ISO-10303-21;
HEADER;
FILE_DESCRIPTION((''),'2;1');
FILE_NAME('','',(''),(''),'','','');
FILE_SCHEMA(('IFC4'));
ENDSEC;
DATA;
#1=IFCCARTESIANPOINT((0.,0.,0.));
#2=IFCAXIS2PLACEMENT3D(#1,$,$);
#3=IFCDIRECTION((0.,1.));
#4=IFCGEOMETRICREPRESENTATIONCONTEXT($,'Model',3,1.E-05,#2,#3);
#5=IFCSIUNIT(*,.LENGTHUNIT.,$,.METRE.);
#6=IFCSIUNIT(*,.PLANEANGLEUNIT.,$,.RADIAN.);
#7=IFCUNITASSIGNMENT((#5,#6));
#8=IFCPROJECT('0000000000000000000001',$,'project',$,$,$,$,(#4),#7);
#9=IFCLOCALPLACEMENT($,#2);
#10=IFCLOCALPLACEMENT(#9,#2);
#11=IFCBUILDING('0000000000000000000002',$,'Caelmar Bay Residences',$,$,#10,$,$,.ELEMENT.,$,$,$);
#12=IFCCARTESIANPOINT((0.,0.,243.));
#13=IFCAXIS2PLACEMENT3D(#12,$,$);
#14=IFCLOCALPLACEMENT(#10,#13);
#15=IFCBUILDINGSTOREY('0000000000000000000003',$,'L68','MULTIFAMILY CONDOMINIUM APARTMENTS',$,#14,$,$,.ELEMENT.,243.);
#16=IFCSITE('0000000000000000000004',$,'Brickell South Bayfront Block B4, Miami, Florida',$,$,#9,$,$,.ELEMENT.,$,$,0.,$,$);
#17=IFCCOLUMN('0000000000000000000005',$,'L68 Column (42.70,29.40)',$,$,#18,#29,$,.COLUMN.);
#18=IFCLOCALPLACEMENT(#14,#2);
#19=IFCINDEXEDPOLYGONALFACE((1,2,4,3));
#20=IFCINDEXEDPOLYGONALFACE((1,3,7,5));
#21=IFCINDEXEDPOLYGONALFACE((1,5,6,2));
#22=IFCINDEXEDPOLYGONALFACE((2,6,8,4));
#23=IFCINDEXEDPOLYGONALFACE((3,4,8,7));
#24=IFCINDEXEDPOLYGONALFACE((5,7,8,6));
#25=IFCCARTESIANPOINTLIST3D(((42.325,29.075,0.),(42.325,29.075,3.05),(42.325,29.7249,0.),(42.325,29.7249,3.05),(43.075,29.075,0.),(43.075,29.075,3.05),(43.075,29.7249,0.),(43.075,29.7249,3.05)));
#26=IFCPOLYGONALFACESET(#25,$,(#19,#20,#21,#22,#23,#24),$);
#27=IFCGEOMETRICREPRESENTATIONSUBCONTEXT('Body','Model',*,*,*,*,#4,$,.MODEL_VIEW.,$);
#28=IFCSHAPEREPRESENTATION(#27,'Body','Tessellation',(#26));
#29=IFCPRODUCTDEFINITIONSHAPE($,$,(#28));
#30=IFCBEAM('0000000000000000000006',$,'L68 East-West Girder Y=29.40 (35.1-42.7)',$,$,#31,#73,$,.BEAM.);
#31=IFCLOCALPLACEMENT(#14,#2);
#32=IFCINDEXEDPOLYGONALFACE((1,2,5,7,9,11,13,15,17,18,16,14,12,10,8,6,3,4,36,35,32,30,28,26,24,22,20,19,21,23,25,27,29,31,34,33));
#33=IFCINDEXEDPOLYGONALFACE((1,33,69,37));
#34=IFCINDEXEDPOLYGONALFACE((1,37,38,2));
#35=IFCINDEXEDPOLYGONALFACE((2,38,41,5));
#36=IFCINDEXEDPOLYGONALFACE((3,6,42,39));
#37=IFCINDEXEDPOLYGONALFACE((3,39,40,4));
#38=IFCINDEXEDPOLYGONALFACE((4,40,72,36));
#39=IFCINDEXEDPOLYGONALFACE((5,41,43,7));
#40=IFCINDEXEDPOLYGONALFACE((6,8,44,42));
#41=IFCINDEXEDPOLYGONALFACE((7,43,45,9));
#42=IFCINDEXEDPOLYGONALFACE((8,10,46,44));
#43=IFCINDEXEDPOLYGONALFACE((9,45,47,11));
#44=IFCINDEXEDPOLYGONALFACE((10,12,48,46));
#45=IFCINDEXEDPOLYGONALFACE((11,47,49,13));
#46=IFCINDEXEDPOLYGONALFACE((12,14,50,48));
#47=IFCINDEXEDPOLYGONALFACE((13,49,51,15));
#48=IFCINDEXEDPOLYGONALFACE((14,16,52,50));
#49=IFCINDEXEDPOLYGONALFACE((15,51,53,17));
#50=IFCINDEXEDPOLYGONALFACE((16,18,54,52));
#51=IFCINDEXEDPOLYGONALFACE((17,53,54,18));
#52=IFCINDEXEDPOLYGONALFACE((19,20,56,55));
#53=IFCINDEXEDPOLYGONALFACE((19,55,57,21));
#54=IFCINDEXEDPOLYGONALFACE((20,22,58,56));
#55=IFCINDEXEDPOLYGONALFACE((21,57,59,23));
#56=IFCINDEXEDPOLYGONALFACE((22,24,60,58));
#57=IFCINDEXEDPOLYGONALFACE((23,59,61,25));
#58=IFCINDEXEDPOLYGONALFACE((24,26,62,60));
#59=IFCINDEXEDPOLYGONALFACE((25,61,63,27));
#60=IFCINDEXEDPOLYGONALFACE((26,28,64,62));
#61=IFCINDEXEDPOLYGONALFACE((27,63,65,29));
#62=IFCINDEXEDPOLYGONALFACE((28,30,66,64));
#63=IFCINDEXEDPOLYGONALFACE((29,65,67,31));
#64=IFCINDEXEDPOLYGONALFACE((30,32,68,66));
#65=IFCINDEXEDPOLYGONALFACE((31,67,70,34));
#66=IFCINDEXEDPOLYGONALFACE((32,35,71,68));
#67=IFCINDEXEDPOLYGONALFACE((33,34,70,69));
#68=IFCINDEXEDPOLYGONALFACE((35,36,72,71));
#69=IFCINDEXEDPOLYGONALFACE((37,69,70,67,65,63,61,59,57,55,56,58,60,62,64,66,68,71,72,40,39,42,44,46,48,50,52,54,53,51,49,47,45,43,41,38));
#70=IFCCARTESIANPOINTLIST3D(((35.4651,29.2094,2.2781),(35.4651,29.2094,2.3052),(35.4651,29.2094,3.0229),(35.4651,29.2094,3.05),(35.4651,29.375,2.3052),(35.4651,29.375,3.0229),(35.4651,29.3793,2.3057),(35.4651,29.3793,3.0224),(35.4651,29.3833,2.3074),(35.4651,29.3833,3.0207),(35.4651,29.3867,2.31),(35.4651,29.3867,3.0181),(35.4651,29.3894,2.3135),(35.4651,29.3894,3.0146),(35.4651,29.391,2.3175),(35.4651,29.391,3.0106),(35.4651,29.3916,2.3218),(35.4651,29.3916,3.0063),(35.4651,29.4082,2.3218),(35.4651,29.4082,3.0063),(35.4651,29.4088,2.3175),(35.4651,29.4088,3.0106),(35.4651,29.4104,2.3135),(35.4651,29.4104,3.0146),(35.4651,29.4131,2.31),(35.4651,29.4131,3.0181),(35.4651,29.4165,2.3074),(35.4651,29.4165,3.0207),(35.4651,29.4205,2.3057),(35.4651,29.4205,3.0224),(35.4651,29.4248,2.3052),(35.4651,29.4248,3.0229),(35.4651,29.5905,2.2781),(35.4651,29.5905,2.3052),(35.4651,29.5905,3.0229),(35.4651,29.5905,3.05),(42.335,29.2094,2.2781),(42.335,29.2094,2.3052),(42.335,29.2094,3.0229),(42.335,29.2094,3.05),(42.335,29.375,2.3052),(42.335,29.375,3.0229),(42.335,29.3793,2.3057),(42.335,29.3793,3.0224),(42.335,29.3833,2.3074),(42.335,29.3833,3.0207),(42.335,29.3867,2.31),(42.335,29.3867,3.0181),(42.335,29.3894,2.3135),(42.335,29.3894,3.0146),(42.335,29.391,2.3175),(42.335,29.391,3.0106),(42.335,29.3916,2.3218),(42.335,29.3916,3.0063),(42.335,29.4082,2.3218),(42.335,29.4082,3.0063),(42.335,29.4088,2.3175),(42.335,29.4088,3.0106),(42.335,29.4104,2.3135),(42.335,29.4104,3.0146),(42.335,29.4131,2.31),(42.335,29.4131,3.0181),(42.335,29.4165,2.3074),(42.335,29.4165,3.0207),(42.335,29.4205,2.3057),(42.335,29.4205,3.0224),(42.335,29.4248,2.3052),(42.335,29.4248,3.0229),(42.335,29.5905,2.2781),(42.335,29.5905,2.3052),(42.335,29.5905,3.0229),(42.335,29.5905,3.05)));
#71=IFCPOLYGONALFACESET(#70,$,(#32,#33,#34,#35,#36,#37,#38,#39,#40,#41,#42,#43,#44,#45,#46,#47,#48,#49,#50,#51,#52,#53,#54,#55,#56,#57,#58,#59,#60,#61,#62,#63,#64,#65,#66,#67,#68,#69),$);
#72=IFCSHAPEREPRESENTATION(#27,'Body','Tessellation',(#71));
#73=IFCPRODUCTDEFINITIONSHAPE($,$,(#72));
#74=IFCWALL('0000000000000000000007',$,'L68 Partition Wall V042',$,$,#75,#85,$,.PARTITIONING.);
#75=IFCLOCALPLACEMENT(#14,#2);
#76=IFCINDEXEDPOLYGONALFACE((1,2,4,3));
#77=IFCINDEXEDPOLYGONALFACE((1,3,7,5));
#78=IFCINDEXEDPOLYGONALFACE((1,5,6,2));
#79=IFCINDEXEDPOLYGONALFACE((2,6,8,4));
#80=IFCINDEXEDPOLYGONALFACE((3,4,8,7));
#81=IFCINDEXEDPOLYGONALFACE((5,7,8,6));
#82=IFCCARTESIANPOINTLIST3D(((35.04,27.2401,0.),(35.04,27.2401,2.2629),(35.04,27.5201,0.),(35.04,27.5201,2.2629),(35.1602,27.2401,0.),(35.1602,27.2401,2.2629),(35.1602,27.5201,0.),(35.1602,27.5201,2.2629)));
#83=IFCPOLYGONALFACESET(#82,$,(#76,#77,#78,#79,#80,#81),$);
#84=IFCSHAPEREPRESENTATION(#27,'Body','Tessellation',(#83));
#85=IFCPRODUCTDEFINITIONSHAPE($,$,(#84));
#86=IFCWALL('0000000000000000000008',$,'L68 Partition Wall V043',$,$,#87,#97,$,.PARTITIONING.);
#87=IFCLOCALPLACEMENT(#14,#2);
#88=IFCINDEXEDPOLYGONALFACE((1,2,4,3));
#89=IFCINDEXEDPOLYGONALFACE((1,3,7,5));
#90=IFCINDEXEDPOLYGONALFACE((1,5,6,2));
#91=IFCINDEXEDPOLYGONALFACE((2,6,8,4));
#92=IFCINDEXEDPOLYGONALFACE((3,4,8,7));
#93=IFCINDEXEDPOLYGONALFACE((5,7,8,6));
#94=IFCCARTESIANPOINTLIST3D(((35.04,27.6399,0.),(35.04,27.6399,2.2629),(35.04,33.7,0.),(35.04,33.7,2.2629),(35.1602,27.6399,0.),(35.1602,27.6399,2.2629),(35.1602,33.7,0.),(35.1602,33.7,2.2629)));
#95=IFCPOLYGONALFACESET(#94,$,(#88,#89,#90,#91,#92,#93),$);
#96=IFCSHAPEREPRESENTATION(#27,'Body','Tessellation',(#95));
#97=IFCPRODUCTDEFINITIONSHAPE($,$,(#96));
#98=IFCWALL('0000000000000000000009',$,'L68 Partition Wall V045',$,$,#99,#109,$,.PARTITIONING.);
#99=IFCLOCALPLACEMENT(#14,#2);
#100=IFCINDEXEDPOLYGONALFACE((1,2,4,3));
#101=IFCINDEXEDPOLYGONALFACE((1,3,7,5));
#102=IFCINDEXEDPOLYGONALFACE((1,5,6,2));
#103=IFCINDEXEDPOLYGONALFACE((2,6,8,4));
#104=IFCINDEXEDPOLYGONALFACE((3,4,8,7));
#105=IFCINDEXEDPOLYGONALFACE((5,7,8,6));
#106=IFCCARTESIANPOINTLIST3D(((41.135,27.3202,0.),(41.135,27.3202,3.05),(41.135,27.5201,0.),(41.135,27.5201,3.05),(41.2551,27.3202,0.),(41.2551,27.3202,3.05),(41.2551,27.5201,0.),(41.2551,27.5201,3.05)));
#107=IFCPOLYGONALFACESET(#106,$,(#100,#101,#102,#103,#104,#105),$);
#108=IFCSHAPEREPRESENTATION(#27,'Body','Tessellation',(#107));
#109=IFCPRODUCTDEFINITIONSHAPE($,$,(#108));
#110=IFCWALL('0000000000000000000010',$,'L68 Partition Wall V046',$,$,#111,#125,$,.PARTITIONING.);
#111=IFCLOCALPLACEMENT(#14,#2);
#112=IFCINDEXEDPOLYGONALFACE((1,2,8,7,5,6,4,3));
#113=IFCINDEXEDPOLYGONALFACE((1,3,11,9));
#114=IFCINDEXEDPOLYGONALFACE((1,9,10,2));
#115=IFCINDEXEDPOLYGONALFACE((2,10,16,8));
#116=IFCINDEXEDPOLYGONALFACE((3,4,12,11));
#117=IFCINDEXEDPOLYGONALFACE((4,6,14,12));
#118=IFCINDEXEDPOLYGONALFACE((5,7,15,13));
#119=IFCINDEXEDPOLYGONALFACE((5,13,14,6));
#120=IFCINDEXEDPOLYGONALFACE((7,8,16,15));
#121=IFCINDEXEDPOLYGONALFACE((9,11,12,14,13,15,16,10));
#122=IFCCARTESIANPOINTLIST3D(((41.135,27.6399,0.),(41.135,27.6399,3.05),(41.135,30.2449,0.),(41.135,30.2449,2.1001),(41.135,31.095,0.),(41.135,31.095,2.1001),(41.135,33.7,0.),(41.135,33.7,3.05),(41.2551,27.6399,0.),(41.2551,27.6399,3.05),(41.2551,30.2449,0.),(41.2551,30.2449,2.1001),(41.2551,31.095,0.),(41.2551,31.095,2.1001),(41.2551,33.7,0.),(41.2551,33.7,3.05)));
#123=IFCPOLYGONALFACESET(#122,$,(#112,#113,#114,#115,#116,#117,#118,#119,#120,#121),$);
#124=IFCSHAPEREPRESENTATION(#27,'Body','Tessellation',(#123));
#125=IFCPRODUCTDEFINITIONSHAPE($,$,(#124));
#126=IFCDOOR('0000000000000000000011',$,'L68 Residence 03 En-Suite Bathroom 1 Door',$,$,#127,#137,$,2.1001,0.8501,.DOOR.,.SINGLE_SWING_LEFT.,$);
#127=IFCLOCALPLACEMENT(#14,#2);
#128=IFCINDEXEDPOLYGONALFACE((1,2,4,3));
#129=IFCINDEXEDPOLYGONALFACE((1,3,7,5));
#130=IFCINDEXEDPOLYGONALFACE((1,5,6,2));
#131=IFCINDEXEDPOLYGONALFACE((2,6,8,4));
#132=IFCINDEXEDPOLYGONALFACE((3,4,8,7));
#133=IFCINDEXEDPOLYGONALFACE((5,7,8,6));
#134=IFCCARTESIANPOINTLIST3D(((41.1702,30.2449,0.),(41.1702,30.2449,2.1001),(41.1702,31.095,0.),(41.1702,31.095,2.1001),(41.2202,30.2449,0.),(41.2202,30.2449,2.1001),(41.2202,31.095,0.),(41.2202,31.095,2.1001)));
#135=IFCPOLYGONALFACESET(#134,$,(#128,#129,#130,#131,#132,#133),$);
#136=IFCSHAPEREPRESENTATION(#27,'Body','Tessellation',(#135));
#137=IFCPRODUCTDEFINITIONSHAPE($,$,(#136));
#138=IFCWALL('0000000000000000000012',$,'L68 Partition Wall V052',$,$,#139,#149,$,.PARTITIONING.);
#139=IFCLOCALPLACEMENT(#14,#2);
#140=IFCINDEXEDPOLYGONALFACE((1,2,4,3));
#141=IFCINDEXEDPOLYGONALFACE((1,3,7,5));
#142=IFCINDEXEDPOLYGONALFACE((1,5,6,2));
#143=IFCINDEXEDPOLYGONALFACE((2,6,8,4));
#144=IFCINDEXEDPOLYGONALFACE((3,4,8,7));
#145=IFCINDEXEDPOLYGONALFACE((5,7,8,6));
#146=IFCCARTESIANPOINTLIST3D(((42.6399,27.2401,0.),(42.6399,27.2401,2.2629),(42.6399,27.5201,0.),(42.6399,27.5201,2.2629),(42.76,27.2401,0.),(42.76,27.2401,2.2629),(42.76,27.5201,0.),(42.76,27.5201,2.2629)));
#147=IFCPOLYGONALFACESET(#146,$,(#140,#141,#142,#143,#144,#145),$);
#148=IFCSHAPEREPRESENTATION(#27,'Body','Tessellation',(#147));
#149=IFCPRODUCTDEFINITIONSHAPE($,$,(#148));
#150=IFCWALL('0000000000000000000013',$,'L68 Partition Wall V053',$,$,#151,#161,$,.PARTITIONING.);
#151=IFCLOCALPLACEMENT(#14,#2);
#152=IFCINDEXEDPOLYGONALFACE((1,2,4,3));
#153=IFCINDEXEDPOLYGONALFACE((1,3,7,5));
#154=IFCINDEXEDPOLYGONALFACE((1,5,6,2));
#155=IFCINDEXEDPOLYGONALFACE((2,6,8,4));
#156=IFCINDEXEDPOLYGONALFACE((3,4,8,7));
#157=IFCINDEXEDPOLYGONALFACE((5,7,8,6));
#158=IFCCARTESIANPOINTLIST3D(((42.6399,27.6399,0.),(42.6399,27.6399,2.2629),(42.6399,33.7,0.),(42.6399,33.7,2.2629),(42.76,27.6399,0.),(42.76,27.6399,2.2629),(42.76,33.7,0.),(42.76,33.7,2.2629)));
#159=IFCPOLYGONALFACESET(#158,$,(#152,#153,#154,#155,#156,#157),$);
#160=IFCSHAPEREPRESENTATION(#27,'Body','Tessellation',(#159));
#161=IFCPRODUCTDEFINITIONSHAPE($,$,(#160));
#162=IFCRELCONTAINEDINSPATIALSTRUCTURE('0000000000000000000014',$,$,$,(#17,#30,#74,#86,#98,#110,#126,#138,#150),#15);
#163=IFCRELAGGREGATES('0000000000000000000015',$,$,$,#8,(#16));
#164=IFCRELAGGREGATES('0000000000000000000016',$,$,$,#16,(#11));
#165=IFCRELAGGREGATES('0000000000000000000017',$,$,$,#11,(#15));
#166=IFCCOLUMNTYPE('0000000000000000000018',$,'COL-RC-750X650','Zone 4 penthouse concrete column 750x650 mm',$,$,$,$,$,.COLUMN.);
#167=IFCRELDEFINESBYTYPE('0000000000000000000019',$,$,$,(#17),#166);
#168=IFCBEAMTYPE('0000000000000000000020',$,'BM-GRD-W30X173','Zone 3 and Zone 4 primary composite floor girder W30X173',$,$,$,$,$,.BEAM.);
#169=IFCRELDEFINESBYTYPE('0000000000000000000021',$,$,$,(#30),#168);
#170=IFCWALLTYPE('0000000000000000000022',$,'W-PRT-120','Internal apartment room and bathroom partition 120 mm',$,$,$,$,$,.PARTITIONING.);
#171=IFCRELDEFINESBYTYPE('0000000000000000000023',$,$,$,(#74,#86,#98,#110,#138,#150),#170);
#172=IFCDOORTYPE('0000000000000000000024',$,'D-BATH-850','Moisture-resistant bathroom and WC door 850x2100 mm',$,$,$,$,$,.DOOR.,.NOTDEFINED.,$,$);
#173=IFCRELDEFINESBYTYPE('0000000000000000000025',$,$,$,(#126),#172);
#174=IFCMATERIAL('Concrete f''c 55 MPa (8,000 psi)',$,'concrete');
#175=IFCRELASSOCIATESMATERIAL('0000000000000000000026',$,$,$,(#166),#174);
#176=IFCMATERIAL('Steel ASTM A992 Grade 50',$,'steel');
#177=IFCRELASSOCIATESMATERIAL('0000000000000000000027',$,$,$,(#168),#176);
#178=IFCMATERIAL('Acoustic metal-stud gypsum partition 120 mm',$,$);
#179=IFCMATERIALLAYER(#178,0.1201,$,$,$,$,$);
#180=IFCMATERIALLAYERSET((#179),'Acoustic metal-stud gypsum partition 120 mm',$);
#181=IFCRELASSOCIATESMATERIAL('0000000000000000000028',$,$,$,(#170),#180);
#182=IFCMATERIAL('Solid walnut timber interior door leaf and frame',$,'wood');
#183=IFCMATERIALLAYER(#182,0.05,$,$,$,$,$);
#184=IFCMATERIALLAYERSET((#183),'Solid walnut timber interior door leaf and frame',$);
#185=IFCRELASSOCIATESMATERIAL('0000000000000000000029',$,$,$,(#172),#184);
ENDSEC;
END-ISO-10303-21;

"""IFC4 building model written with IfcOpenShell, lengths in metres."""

from ifc_helpers import new_model, si_unit, direction, frame, frame_2d, origin, origin_2d, place, context, subcontext, project, spatial, rectangle, i_section, extrude, material, layer, layer_set, material_profile, profile_set, type_object, element, fill, save


model = new_model("IFC4")

# Units and contexts
model_context = context("Model", 3, precision=1e-05, world=origin(), true_north=direction((0.0, 1.0)))
body_context = subcontext(model_context, "Body", "Model", "MODEL_VIEW")
ifc_project = project(units=[si_unit("LENGTHUNIT", "METRE"), si_unit("PLANEANGLEUNIT", "RADIAN")], contexts=[model_context])

# Site, building, storey
site_placement = place(None, origin())
site = spatial("IfcSite", under=ifc_project, at=site_placement, Name="Brickell South Bayfront Block B4, Miami, Florida", CompositionType="ELEMENT", RefElevation=0.0)
building_placement = place(site_placement, origin())
building = spatial("IfcBuilding", under=site, at=building_placement, Name="Caelmar Bay Residences", CompositionType="ELEMENT")
storey_placement = place(building_placement, frame((0.0, 0.0, 243.0)))
storey = spatial("IfcBuildingStorey", under=building, at=storey_placement, Name="L68", Description="MULTIFAMILY CONDOMINIUM APARTMENTS", CompositionType="ELEMENT", Elevation=243.0)

# Column
ifc_material_1 = material(Name="Concrete f'c 55 MPa (8,000 psi)", Category="concrete")
ifc_material_profile_1 = material_profile(ifc_material_1, rectangle(XDim=0.75, YDim=0.6499, at=origin_2d()), Name="RC-COL-750X650")
ifc_profile_set_1 = profile_set([ifc_material_profile_1], Name="Concrete f'c 55 MPa (8,000 psi)")
column_type = type_object("IfcColumnType", Name="COL-RC-750X650", Description="Zone 4 penthouse concrete column 750x650 mm", PredefinedType="COLUMN", material=ifc_profile_set_1)
column_placement = place(storey_placement, frame((42.7, 29.3999, 0.0), z_axis=(0.0, 0.0, 1.0), x_axis=(1.0, 0.0, 0.0)))
element("IfcColumn", 1, at=column_placement, inside=storey, type_object=column_type, Name="L68 Column (42.70,29.40)", PredefinedType="COLUMN", context=body_context, shape_type="SweptSolid", body=[
    extrude(rectangle(XDim=0.75, YDim=0.6499, at=origin_2d()), origin(), (0.0, 0.0, 1.0), 3.05),
])

# Beam
ifc_material_2 = material(Name="Steel ASTM A992 Grade 50", Category="steel")
ifc_material_profile_2 = material_profile(ifc_material_2, i_section(OverallWidth=0.3811, OverallDepth=0.772, WebThickness=0.0166, FlangeThickness=0.0271, FilletRadius=0.0166, at=origin_2d()), Name="W30X173")
ifc_profile_set_2 = profile_set([ifc_material_profile_2], Name="Steel ASTM A992 Grade 50")
beam_type = type_object("IfcBeamType", Name="BM-GRD-W30X173", Description="Zone 3 and Zone 4 primary composite floor girder W30X173", PredefinedType="BEAM", material=ifc_profile_set_2)
beam_placement = place(storey_placement, frame((35.4651, 29.3999, 2.6641), z_axis=(1.0, 0.0, 0.0), x_axis=(0.0, 1.0, 0.0)))
element("IfcBeam", 2, at=beam_placement, inside=storey, type_object=beam_type, Name="L68 East-West Girder Y=29.40 (35.1-42.7)", PredefinedType="BEAM", context=body_context, shape_type="SweptSolid", body=[
    extrude(i_section(OverallWidth=0.3811, OverallDepth=0.772, WebThickness=0.0166, FlangeThickness=0.0271, FilletRadius=0.0166, at=origin_2d()), origin(), (0.0, 0.0, 1.0), 6.8699),
])

# Walls
ifc_material_3 = material(Name="Acoustic metal-stud gypsum partition 120 mm")
ifc_layer_1 = layer(ifc_material_3, 0.1201)
ifc_layer_set_1 = layer_set([ifc_layer_1], Name="Acoustic metal-stud gypsum partition 120 mm")
wall_type = type_object("IfcWallType", Name="W-PRT-120", Description="Internal apartment room and bathroom partition 120 mm", PredefinedType="PARTITIONING", material=ifc_layer_set_1)
wall_1_placement = place(storey_placement, frame((35.1001, 27.24, 0.0), z_axis=(0.0, 0.0, 1.0), x_axis=(0.0, 1.0, 0.0)))
element("IfcWall", 3, at=wall_1_placement, inside=storey, type_object=wall_type, Name="L68 Partition Wall V042", PredefinedType="PARTITIONING", context=body_context, shape_type="SweptSolid", body=[
    extrude(rectangle(XDim=0.28, YDim=0.1201, at=frame_2d((0.1401, 0.0))), origin(), (0.0, 0.0, 1.0), 2.2629),
])
wall_2_placement = place(storey_placement, frame((35.1001, 27.6399, 0.0), z_axis=(0.0, 0.0, 1.0), x_axis=(0.0, 1.0, 0.0)))
element("IfcWall", 4, at=wall_2_placement, inside=storey, type_object=wall_type, Name="L68 Partition Wall V043", PredefinedType="PARTITIONING", context=body_context, shape_type="SweptSolid", body=[
    extrude(rectangle(XDim=6.0601, YDim=0.1201, at=frame_2d((3.03, 0.0))), origin(), (0.0, 0.0, 1.0), 2.2629),
])
wall_3_placement = place(storey_placement, frame((41.1951, 27.3201, 0.0), z_axis=(0.0, 0.0, 1.0), x_axis=(0.0, 1.0, 0.0)))
element("IfcWall", 5, at=wall_3_placement, inside=storey, type_object=wall_type, Name="L68 Partition Wall V045", PredefinedType="PARTITIONING", context=body_context, shape_type="SweptSolid", body=[
    extrude(rectangle(XDim=0.2, YDim=0.1201, at=frame_2d((0.1001, 0.0))), origin(), (0.0, 0.0, 1.0), 3.05),
])

# Wall, opening, door
wall_4_placement = place(storey_placement, frame((41.1951, 27.6399, 0.0), z_axis=(0.0, 0.0, 1.0), x_axis=(0.0, 1.0, 0.0)))
wall_4 = element("IfcWall", 6, at=wall_4_placement, inside=storey, type_object=wall_type, Name="L68 Partition Wall V046", PredefinedType="PARTITIONING", context=body_context, shape_type="SweptSolid", body=[
    extrude(rectangle(XDim=6.0601, YDim=0.1201, at=frame_2d((3.03, 0.0))), origin(), (0.0, 0.0, 1.0), 3.05),
])
opening_1_placement = place(wall_4_placement, frame((2.605, 0.0, 0.0)))
opening_1 = element("IfcOpeningElement", 7, at=opening_1_placement, cuts=wall_4, PredefinedType="OPENING", context=body_context, shape_type="SweptSolid", body=[
    extrude(rectangle(XDim=0.8501, YDim=2.1001, at=frame_2d((0.425, 1.05))), frame((0.0, 0.0701, 0.0), z_axis=(0.0, -1.0, 0.0), x_axis=(1.0, 0.0, 0.0)), (0.0, 0.0, 1.0), 0.1401),
])
ifc_material_4 = material(Name="Solid walnut timber interior door leaf and frame", Category="wood")
ifc_layer_2 = layer(ifc_material_4, 0.05)
ifc_layer_set_2 = layer_set([ifc_layer_2], Name="Solid walnut timber interior door leaf and frame")
door_type_1 = type_object("IfcDoorType", Name="D-BATH-850", Description="Moisture-resistant bathroom and WC door 850x2100 mm", OperationType="NOTDEFINED", PredefinedType="DOOR", material=ifc_layer_set_2)
door_1_placement = place(opening_1_placement, origin())
door_1 = element("IfcDoor", 8, at=door_1_placement, inside=storey, type_object=door_type_1, Name="L68 Residence 03 En-Suite Bathroom 1 Door", OperationType="SINGLE_SWING_LEFT", OverallHeight=2.1001, OverallWidth=0.8501, PredefinedType="DOOR", context=body_context, shape_type="SweptSolid", body=[
    extrude(rectangle(XDim=0.8501, YDim=2.1001, at=frame_2d((0.425, 1.05))), frame((0.0, 0.0249, 0.0), z_axis=(0.0, -1.0, 0.0), x_axis=(1.0, 0.0, 0.0)), (0.0, 0.0, 1.0), 0.05),
])
fill(opening_1, door_1)

# Walls
wall_5_placement = place(storey_placement, frame((42.7, 27.24, 0.0), z_axis=(0.0, 0.0, 1.0), x_axis=(0.0, 1.0, 0.0)))
element("IfcWall", 9, at=wall_5_placement, inside=storey, type_object=wall_type, Name="L68 Partition Wall V052", PredefinedType="PARTITIONING", context=body_context, shape_type="SweptSolid", body=[
    extrude(rectangle(XDim=0.28, YDim=0.1201, at=frame_2d((0.1401, 0.0))), origin(), (0.0, 0.0, 1.0), 2.2629),
])
wall_6_placement = place(storey_placement, frame((42.7, 27.6399, 0.0), z_axis=(0.0, 0.0, 1.0), x_axis=(0.0, 1.0, 0.0)))
element("IfcWall", 10, at=wall_6_placement, inside=storey, type_object=wall_type, Name="L68 Partition Wall V053", PredefinedType="PARTITIONING", context=body_context, shape_type="SweptSolid", body=[
    extrude(rectangle(XDim=6.0601, YDim=0.1201, at=frame_2d((3.03, 0.0))), origin(), (0.0, 0.0, 1.0), 2.2629),
])

save(model, "model.ifc")
